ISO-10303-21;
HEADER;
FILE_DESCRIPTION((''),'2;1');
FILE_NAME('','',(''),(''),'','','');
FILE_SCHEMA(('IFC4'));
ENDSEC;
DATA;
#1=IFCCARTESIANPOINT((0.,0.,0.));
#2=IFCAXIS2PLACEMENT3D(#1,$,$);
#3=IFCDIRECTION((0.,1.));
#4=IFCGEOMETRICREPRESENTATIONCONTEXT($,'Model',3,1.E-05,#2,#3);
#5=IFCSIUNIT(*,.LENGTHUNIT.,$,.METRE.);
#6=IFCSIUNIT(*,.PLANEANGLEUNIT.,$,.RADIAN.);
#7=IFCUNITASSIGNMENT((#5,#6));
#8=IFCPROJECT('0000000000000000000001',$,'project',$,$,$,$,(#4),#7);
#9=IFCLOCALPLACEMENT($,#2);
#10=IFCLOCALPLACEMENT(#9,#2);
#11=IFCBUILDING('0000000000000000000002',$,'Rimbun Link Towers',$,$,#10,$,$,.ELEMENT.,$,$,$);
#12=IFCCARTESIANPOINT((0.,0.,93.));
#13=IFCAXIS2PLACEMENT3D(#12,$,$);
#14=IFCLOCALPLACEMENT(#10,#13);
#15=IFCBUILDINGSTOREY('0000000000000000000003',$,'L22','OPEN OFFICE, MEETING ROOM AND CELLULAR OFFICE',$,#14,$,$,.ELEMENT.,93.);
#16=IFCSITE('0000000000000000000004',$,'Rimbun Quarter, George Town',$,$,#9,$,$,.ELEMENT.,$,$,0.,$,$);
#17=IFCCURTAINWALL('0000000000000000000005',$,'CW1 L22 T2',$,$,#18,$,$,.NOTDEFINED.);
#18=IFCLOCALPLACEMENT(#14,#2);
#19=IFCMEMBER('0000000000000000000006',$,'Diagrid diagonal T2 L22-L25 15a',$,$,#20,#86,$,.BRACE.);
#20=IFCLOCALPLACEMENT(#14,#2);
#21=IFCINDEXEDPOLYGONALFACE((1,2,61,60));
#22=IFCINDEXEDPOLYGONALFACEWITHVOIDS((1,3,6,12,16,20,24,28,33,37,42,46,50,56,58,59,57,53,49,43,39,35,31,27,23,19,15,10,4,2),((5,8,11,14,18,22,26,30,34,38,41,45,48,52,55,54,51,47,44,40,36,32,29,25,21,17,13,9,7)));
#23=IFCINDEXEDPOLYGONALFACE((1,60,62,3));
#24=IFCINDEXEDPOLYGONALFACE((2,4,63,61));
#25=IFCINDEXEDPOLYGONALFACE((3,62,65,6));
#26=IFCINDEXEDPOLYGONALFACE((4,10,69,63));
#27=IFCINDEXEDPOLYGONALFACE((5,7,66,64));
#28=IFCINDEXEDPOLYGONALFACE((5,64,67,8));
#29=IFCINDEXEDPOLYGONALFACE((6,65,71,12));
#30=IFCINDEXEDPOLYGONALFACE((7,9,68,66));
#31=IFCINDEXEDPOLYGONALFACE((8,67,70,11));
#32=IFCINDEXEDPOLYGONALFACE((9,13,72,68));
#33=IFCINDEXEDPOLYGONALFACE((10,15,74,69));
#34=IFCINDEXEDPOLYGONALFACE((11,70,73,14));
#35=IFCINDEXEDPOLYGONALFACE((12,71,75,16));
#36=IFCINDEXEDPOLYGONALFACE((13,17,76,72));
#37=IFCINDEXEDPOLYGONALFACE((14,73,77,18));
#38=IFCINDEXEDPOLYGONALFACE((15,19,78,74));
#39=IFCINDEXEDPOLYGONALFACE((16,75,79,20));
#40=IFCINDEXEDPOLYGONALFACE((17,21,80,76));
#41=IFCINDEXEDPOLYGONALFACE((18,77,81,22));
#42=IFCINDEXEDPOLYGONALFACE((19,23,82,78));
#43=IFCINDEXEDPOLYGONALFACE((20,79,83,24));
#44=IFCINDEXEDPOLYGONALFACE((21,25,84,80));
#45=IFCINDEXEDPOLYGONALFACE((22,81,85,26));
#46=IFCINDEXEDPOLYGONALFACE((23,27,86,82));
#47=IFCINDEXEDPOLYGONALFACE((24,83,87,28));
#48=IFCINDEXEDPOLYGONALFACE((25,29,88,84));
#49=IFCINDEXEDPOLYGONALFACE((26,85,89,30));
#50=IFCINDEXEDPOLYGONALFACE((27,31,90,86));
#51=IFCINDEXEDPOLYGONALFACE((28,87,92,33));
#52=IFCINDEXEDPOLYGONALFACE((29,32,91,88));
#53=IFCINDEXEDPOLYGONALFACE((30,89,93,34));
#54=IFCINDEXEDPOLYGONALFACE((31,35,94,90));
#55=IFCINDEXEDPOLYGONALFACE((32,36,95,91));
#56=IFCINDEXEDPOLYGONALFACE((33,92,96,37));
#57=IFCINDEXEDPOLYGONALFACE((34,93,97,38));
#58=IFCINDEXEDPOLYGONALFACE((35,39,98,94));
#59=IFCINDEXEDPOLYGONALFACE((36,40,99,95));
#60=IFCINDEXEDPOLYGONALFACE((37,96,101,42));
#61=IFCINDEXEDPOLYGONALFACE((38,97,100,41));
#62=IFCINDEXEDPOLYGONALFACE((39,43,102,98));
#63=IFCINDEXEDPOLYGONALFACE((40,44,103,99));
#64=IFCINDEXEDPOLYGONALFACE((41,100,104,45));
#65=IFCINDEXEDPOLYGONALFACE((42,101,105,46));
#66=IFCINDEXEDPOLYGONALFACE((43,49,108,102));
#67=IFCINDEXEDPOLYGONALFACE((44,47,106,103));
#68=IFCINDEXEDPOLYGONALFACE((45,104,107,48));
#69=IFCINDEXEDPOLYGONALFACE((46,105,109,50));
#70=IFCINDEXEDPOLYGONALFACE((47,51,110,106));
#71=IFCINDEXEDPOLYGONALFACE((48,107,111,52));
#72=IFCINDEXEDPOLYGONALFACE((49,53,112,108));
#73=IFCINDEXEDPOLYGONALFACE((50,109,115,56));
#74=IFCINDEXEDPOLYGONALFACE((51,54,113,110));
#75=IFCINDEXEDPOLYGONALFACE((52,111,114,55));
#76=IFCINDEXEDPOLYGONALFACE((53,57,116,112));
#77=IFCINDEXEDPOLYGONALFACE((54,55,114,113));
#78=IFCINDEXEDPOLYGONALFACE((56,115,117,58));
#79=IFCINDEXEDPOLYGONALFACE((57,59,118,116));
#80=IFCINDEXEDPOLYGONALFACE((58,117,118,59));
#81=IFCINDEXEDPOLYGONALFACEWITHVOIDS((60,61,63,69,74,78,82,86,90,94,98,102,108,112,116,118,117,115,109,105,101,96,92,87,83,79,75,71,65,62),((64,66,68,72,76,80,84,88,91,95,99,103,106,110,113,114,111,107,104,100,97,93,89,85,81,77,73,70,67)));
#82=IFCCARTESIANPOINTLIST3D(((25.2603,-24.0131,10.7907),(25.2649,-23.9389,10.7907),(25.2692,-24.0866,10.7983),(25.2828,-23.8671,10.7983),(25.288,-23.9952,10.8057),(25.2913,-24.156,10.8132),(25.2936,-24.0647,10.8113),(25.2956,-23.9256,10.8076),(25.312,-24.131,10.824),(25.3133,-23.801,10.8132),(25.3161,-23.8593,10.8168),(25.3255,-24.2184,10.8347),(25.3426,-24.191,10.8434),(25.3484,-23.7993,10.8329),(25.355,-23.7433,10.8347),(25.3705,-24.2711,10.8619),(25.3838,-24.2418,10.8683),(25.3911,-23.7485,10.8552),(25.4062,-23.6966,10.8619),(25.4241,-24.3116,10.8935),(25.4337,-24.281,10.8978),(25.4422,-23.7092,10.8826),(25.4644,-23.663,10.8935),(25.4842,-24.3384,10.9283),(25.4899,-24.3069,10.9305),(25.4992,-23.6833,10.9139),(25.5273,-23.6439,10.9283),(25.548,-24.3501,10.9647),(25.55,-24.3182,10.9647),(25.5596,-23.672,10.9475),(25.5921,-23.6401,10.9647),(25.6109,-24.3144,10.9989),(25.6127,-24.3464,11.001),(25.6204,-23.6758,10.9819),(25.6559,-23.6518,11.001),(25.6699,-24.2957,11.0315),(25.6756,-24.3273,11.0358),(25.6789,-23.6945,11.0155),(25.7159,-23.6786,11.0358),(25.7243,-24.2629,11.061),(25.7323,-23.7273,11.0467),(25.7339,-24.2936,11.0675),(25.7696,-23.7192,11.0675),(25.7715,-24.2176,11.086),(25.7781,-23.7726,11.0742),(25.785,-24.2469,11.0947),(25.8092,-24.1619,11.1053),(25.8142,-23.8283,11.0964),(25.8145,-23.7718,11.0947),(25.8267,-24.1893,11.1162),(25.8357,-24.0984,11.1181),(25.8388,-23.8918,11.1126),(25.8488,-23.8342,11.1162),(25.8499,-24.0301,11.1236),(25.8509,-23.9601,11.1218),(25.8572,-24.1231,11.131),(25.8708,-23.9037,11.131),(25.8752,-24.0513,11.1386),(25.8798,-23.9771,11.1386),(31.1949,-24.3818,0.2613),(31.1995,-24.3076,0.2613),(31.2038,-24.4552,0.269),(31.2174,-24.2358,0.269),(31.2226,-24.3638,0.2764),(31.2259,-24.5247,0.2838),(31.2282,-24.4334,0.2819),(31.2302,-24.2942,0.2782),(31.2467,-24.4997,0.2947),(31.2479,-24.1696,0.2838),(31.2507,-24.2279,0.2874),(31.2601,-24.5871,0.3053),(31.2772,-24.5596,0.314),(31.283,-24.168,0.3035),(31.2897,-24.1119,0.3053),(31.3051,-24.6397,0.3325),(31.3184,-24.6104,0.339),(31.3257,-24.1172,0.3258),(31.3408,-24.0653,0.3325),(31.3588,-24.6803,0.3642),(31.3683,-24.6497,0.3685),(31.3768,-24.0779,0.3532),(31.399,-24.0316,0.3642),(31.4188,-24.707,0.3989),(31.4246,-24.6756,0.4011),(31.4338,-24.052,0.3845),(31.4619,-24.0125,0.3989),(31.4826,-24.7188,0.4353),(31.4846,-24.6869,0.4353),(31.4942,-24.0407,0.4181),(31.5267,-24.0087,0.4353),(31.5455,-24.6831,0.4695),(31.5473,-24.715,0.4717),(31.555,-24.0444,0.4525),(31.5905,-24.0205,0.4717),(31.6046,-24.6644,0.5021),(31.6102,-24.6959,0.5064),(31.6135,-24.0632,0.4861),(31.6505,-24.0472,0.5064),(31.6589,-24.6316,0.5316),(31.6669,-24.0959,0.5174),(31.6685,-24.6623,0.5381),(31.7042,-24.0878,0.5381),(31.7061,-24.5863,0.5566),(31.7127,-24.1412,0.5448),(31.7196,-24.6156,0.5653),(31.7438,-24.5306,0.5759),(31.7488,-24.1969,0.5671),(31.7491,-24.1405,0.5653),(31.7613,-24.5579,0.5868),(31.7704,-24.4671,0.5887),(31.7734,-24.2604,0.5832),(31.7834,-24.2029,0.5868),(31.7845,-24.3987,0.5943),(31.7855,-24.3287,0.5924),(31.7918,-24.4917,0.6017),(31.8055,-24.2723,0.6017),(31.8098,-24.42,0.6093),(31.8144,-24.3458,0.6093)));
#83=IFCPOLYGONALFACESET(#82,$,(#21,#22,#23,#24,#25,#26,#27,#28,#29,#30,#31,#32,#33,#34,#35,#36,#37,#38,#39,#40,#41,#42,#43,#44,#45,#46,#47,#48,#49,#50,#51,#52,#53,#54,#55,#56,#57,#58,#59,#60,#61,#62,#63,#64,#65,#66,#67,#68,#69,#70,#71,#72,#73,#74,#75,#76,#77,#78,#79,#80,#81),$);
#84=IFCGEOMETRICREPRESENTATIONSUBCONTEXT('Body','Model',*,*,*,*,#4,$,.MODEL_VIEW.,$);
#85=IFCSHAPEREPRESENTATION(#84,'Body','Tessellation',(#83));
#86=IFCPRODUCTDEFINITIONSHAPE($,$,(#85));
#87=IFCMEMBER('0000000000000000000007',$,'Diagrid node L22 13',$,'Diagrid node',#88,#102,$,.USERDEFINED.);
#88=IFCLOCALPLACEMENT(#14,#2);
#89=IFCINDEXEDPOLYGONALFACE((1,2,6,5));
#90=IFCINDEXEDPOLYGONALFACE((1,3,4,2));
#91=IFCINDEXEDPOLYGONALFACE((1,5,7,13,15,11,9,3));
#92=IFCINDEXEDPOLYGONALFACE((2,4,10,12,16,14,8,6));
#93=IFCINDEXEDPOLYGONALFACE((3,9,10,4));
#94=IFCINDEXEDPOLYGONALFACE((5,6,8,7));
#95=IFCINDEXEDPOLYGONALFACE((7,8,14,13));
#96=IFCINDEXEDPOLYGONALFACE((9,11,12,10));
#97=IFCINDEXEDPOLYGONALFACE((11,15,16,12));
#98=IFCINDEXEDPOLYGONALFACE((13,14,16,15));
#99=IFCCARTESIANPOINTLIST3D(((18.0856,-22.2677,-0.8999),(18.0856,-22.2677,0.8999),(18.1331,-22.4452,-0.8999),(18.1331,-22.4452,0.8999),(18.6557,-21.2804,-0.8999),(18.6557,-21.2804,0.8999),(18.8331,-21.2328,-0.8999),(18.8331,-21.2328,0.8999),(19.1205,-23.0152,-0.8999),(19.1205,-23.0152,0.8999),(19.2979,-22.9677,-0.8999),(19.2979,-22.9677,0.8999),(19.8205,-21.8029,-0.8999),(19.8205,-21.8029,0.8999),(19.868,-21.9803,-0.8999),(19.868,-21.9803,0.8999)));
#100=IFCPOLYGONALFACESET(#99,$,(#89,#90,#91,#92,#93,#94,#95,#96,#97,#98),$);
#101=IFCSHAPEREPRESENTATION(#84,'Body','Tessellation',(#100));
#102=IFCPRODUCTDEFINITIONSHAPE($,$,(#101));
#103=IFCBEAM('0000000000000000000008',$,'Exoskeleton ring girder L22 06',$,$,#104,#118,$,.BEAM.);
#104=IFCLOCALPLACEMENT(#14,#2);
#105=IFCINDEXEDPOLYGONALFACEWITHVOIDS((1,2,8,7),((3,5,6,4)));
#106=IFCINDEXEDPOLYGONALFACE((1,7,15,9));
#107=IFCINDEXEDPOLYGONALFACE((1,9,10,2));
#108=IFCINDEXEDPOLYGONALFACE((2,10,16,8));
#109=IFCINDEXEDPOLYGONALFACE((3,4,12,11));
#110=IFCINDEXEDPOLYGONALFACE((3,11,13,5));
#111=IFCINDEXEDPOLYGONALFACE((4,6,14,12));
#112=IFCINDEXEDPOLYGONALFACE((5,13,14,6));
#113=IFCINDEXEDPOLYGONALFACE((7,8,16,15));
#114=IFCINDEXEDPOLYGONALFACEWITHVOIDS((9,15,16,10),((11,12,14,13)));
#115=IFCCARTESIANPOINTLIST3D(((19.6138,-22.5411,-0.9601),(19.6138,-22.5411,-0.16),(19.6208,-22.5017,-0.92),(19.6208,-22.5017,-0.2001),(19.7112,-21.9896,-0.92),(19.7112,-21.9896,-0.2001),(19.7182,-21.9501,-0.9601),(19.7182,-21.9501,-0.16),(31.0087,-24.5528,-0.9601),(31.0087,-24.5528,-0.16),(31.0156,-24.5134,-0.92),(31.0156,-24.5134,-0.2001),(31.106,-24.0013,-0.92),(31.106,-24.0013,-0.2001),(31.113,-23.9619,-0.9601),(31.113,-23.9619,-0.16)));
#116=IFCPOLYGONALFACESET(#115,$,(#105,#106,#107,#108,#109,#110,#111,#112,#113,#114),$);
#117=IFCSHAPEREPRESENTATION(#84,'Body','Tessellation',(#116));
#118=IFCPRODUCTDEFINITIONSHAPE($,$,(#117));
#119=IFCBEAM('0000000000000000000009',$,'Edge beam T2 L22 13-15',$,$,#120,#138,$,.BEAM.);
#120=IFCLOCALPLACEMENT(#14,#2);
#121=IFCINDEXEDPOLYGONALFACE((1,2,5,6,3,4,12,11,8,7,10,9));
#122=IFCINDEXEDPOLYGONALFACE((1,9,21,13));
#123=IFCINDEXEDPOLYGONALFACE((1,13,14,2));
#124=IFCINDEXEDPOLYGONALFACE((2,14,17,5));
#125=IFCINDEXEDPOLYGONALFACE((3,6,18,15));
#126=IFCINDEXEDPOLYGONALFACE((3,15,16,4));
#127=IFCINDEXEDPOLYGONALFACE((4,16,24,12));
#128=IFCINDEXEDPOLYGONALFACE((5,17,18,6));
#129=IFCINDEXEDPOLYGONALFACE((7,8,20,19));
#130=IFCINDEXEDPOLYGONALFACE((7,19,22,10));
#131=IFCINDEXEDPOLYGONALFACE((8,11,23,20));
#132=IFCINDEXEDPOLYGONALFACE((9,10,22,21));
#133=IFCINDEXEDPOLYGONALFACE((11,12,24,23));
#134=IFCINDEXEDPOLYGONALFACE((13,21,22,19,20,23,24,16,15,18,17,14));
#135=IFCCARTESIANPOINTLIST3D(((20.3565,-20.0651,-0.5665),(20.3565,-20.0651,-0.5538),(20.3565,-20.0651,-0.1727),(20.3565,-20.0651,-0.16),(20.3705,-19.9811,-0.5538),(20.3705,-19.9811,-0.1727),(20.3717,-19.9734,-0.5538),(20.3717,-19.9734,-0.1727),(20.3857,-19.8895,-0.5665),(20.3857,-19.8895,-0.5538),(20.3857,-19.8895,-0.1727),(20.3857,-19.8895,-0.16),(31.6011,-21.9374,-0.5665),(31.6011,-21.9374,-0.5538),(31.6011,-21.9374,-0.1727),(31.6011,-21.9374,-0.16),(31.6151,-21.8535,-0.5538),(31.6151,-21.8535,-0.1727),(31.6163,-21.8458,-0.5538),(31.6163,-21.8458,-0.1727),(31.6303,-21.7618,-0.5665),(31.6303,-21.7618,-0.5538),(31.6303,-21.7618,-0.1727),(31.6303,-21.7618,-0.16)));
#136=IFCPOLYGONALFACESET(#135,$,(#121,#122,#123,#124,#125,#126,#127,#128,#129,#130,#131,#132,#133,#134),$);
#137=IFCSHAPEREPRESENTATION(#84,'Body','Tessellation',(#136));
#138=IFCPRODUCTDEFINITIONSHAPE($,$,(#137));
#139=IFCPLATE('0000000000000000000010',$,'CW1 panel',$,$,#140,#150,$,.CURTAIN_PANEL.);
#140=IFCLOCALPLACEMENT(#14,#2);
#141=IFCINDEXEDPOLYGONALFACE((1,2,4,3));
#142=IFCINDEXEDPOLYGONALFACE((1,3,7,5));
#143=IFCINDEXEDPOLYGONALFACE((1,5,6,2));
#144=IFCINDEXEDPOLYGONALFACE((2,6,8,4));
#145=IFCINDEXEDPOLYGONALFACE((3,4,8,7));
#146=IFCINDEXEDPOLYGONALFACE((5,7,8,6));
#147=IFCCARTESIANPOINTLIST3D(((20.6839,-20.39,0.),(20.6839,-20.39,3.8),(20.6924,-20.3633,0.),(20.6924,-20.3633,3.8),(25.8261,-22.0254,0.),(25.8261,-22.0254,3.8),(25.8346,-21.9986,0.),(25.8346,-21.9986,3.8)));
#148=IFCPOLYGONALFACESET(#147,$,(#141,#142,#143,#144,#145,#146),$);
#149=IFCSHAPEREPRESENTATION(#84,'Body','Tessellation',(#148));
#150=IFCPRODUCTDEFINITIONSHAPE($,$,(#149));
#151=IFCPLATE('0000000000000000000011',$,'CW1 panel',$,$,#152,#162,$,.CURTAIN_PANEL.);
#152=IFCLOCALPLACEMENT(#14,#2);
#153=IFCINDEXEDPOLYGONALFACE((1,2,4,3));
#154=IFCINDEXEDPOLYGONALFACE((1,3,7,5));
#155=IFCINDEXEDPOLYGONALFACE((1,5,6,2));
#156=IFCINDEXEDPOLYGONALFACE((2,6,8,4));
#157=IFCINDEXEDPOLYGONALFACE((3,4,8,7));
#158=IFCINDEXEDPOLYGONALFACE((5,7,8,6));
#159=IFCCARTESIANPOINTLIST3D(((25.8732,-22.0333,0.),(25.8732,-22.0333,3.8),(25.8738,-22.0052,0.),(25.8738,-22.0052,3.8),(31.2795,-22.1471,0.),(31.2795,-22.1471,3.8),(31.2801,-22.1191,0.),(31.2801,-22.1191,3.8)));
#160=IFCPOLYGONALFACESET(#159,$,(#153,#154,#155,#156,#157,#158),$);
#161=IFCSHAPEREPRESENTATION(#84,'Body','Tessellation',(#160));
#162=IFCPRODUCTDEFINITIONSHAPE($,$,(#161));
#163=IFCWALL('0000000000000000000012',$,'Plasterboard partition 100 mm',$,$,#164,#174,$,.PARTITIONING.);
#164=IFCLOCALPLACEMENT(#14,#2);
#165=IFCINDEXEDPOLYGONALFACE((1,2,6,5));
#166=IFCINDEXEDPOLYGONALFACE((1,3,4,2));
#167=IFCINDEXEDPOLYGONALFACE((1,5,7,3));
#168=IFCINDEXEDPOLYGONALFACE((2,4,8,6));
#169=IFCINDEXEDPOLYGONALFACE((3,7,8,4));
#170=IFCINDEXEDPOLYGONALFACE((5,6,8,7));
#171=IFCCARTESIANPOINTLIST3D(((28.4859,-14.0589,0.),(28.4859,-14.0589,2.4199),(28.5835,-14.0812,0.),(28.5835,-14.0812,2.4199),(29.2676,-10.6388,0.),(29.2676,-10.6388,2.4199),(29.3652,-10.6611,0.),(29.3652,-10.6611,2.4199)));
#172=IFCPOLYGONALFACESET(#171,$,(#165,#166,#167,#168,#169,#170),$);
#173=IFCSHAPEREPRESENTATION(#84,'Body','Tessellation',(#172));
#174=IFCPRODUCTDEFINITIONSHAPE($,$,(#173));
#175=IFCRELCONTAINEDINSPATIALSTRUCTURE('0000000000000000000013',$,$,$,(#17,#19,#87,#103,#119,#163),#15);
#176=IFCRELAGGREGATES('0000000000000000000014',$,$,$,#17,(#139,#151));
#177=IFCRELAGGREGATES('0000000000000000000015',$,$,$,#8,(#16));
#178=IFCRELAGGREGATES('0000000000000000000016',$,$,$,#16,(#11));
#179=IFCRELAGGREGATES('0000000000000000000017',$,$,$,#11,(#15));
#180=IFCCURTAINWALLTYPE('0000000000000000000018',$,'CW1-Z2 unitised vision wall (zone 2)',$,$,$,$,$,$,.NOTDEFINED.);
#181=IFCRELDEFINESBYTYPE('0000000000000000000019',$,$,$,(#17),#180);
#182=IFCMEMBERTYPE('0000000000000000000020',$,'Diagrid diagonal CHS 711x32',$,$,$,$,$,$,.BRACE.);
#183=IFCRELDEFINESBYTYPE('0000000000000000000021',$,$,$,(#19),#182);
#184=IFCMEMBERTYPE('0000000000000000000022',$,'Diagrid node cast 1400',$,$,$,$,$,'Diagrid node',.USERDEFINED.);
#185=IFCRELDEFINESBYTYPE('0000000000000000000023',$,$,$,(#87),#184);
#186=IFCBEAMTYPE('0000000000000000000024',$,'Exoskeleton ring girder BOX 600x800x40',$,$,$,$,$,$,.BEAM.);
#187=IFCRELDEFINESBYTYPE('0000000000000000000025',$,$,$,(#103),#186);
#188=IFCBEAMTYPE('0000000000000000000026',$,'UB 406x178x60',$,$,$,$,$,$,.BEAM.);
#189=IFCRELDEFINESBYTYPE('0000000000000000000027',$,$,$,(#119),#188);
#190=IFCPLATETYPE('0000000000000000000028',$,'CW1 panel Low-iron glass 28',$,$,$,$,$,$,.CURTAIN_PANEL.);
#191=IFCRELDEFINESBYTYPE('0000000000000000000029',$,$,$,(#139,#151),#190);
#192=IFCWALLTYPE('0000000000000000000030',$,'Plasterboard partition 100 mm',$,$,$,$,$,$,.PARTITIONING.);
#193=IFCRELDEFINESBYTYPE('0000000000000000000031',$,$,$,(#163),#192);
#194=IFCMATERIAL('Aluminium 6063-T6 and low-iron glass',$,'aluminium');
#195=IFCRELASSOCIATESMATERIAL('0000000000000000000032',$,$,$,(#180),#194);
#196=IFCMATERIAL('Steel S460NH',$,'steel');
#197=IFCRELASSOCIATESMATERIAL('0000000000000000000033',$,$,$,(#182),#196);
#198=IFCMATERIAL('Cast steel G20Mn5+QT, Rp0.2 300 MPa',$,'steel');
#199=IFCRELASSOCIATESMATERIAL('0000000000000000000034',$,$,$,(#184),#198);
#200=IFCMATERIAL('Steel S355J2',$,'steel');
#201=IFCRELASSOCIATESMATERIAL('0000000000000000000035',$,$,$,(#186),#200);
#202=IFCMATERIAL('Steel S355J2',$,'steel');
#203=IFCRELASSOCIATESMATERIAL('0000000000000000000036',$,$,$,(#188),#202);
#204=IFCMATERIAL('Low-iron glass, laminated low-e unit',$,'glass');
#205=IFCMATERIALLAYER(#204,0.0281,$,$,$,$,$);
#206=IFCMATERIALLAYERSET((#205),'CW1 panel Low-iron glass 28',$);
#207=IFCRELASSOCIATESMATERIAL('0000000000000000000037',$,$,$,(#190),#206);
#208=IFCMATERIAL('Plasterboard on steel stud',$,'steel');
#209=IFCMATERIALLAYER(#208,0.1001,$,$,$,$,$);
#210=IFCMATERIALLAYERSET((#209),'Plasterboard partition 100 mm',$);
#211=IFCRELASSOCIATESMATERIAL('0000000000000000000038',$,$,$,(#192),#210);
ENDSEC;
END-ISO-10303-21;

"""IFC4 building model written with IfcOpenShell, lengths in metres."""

from ifc_helpers import new_model, si_unit, direction, frame, frame_2d, origin, origin_2d, place, context, subcontext, project, spatial, polyline, rectangle, hollow_rectangle, hollow_circle, i_section, outline, extrude, material, layer, layer_set, material_profile, profile_set, type_object, element, aggregate, save


model = new_model("IFC4")

# Units and contexts
model_context = context("Model", 3, precision=1e-05, world=origin(), true_north=direction((0.0, 1.0)))
body_context = subcontext(model_context, "Body", "Model", "MODEL_VIEW")
ifc_project = project(units=[si_unit("LENGTHUNIT", "METRE"), si_unit("PLANEANGLEUNIT", "RADIAN")], contexts=[model_context])

# Site, building, storey
site_placement = place(None, origin())
site = spatial("IfcSite", under=ifc_project, at=site_placement, Name="Rimbun Quarter, George Town", CompositionType="ELEMENT", RefElevation=0.0)
building_placement = place(site_placement, origin())
building = spatial("IfcBuilding", under=site, at=building_placement, Name="Rimbun Link Towers", CompositionType="ELEMENT")
storey_placement = place(building_placement, frame((0.0, 0.0, 93.0)))
storey = spatial("IfcBuildingStorey", under=building, at=storey_placement, Name="L22", Description="OPEN OFFICE, MEETING ROOM AND CELLULAR OFFICE", CompositionType="ELEMENT", Elevation=93.0)

# Curtain wall
ifc_material_1 = material(Name="Aluminium 6063-T6 and low-iron glass", Category="aluminium")
curtain_wall_type = type_object("IfcCurtainWallType", Name="CW1-Z2 unitised vision wall (zone 2)", PredefinedType="NOTDEFINED", material=ifc_material_1)
curtain_wall_placement = place(storey_placement, origin())
curtain_wall = element("IfcCurtainWall", 1, at=curtain_wall_placement, inside=storey, type_object=curtain_wall_type, Name="CW1 L22 T2", PredefinedType="NOTDEFINED")

# Members
ifc_material_2 = material(Name="Steel S460NH", Category="steel")
ifc_material_profile_1 = material_profile(ifc_material_2, hollow_circle(Radius=0.3557, WallThickness=0.032, at=origin_2d()), Name="Diagrid diagonal CHS 711x32")
ifc_profile_set_1 = profile_set([ifc_material_profile_1], Name="Steel S460NH")
member_type_1 = type_object("IfcMemberType", Name="Diagrid diagonal CHS 711x32", PredefinedType="BRACE", material=ifc_profile_set_1)
member_1_placement = place(storey_placement, frame((31.5046, -24.3638, 0.4353), z_axis=(-0.490777, 0.030487, 0.870752), x_axis=(-0.062, -0.998076, 0.0)))
element("IfcMember", 2, at=member_1_placement, inside=storey, type_object=member_type_1, Name="Diagrid diagonal T2 L22-L25 15a", PredefinedType="BRACE", context=body_context, shape_type="SweptSolid", body=[
    extrude(hollow_circle(Radius=0.3557, WallThickness=0.032, at=origin_2d()), origin(), (0.0, 0.0, 1.0), 12.0923),
])
ifc_material_3 = material(Name="Cast steel G20Mn5+QT, Rp0.2 300 MPa", Category="steel")
ifc_material_profile_2 = material_profile(ifc_material_3, outline(polyline([(0.7, -0.5701), (0.7, 0.5701), (0.5701, 0.7), (-0.5701, 0.7), (-0.7, 0.5701), (-0.7, -0.5701), (-0.5701, -0.7), (0.5701, -0.7), (0.7, -0.5701)])), Name="NODE 1400x1400")
ifc_profile_set_2 = profile_set([ifc_material_profile_2], Name="Cast steel G20Mn5+QT, Rp0.2 300 MPa")
member_type_2 = type_object("IfcMemberType", Name="Diagrid node cast 1400", ElementType="Diagrid node", PredefinedType="USERDEFINED", material=ifc_profile_set_2)
member_2_placement = place(storey_placement, frame((18.9768, -22.124, -0.8999), z_axis=(0.0, 0.0, 1.0), x_axis=(-0.5, -0.866025, 0.0)))
element("IfcMember", 3, at=member_2_placement, inside=storey, type_object=member_type_2, Name="Diagrid node L22 13", ObjectType="Diagrid node", PredefinedType="USERDEFINED", context=body_context, shape_type="SweptSolid", body=[
    extrude(outline(polyline([(0.7, -0.5701), (0.7, 0.5701), (0.5701, 0.7), (-0.5701, 0.7), (-0.7, 0.5701), (-0.7, -0.5701), (-0.5701, -0.7), (0.5701, -0.7), (0.7, -0.5701)])), origin(), (0.0, 0.0, 1.0), 1.7998),
])

# Beams
ifc_material_4 = material(Name="Steel S355J2", Category="steel")
ifc_material_profile_3 = material_profile(ifc_material_4, hollow_rectangle(XDim=0.6001, YDim=0.8, WallThickness=0.04, at=origin_2d()), Name="Exoskeleton ring girder BOX 600x800x40")
ifc_profile_set_3 = profile_set([ifc_material_profile_3], Name="Steel S355J2")
beam_type_1 = type_object("IfcBeamType", Name="Exoskeleton ring girder BOX 600x800x40", PredefinedType="BEAM", material=ifc_profile_set_3)
beam_1_placement = place(storey_placement, frame((19.666, -22.2456, -0.5601), z_axis=(0.984771, -0.173859, 0.0), x_axis=(0.173859, 0.984771, 0.0)))
element("IfcBeam", 4, at=beam_1_placement, inside=storey, type_object=beam_type_1, Name="Exoskeleton ring girder L22 06", PredefinedType="BEAM", context=body_context, shape_type="SweptSolid", body=[
    extrude(hollow_rectangle(XDim=0.6001, YDim=0.8, WallThickness=0.04, at=origin_2d()), origin(), (0.0, 0.0, 1.0), 11.571),
])
ifc_material_5 = material(Name="Steel S355J2", Category="steel")
ifc_material_profile_4 = material_profile(ifc_material_5, i_section(OverallWidth=0.178, OverallDepth=0.4065, WebThickness=0.0078, FlangeThickness=0.0127, at=origin_2d()), Name="UB 406x178x60")
ifc_profile_set_4 = profile_set([ifc_material_profile_4], Name="Steel S355J2")
beam_type_2 = type_object("IfcBeamType", Name="UB 406x178x60", PredefinedType="BEAM", material=ifc_profile_set_4)
beam_2_placement = place(storey_placement, frame((20.3711, -19.9773, -0.3633), z_axis=(0.986419, -0.164246, 0.0), x_axis=(0.164246, 0.986419, 0.0)))
element("IfcBeam", 5, at=beam_2_placement, inside=storey, type_object=beam_type_2, Name="Edge beam T2 L22 13-15", PredefinedType="BEAM", context=body_context, shape_type="SweptSolid", body=[
    extrude(i_section(OverallWidth=0.178, OverallDepth=0.4065, WebThickness=0.0078, FlangeThickness=0.0127, at=origin_2d()), origin(), (0.0, 0.0, 1.0), 11.3994),
])

# Plates
ifc_material_6 = material(Name="Low-iron glass, laminated low-e unit", Category="glass")
ifc_layer_1 = layer(ifc_material_6, 0.0281)
ifc_layer_set_1 = layer_set([ifc_layer_1], Name="CW1 panel Low-iron glass 28")
plate_type = type_object("IfcPlateType", Name="CW1 panel Low-iron glass 28", PredefinedType="CURTAIN_PANEL", material=ifc_layer_set_1)
plate_1_placement = place(storey_placement, frame((23.2593, -21.1943, 0.0), z_axis=(0.0, 0.0, 1.0), x_axis=(-0.95297, 0.303066, 0.0)))
plate_1 = element("IfcPlate", 6, at=plate_1_placement, type_object=plate_type, Name="CW1 panel", PredefinedType="CURTAIN_PANEL", context=body_context, shape_type="SweptSolid", body=[
    extrude(rectangle(XDim=5.396, YDim=0.0281, at=origin_2d()), origin(), (0.0, 0.0, 1.0), 3.8),
])
plate_2_placement = place(storey_placement, frame((28.5767, -22.0762, 0.0), z_axis=(0.0, 0.0, 1.0), x_axis=(-0.999778, 0.02106, 0.0)))
plate_2 = element("IfcPlate", 7, at=plate_2_placement, type_object=plate_type, Name="CW1 panel", PredefinedType="CURTAIN_PANEL", context=body_context, shape_type="SweptSolid", body=[
    extrude(rectangle(XDim=5.4075, YDim=0.0281, at=origin_2d()), origin(), (0.0, 0.0, 1.0), 3.8),
])
aggregate(curtain_wall, [plate_1, plate_2])

# Wall
ifc_material_7 = material(Name="Plasterboard on steel stud", Category="steel")
ifc_layer_2 = layer(ifc_material_7, 0.1001)
ifc_layer_set_2 = layer_set([ifc_layer_2], Name="Plasterboard partition 100 mm")
wall_type = type_object("IfcWallType", Name="Plasterboard partition 100 mm", PredefinedType="PARTITIONING", material=ifc_layer_set_2)
wall_placement = place(storey_placement, frame((28.5347, -14.0701, 0.0), z_axis=(0.0, 0.0, 1.0), x_axis=(0.222821, 0.974859, 0.0)))
element("IfcWall", 8, at=wall_placement, inside=storey, type_object=wall_type, Name="Plasterboard partition 100 mm", PredefinedType="PARTITIONING", context=body_context, shape_type="SweptSolid", body=[
    extrude(rectangle(XDim=3.5083, YDim=0.1001, at=frame_2d((1.7542, 0.0))), origin(), (0.0, 0.0, 1.0), 2.4199),
])

save(model, "model.ifc")
